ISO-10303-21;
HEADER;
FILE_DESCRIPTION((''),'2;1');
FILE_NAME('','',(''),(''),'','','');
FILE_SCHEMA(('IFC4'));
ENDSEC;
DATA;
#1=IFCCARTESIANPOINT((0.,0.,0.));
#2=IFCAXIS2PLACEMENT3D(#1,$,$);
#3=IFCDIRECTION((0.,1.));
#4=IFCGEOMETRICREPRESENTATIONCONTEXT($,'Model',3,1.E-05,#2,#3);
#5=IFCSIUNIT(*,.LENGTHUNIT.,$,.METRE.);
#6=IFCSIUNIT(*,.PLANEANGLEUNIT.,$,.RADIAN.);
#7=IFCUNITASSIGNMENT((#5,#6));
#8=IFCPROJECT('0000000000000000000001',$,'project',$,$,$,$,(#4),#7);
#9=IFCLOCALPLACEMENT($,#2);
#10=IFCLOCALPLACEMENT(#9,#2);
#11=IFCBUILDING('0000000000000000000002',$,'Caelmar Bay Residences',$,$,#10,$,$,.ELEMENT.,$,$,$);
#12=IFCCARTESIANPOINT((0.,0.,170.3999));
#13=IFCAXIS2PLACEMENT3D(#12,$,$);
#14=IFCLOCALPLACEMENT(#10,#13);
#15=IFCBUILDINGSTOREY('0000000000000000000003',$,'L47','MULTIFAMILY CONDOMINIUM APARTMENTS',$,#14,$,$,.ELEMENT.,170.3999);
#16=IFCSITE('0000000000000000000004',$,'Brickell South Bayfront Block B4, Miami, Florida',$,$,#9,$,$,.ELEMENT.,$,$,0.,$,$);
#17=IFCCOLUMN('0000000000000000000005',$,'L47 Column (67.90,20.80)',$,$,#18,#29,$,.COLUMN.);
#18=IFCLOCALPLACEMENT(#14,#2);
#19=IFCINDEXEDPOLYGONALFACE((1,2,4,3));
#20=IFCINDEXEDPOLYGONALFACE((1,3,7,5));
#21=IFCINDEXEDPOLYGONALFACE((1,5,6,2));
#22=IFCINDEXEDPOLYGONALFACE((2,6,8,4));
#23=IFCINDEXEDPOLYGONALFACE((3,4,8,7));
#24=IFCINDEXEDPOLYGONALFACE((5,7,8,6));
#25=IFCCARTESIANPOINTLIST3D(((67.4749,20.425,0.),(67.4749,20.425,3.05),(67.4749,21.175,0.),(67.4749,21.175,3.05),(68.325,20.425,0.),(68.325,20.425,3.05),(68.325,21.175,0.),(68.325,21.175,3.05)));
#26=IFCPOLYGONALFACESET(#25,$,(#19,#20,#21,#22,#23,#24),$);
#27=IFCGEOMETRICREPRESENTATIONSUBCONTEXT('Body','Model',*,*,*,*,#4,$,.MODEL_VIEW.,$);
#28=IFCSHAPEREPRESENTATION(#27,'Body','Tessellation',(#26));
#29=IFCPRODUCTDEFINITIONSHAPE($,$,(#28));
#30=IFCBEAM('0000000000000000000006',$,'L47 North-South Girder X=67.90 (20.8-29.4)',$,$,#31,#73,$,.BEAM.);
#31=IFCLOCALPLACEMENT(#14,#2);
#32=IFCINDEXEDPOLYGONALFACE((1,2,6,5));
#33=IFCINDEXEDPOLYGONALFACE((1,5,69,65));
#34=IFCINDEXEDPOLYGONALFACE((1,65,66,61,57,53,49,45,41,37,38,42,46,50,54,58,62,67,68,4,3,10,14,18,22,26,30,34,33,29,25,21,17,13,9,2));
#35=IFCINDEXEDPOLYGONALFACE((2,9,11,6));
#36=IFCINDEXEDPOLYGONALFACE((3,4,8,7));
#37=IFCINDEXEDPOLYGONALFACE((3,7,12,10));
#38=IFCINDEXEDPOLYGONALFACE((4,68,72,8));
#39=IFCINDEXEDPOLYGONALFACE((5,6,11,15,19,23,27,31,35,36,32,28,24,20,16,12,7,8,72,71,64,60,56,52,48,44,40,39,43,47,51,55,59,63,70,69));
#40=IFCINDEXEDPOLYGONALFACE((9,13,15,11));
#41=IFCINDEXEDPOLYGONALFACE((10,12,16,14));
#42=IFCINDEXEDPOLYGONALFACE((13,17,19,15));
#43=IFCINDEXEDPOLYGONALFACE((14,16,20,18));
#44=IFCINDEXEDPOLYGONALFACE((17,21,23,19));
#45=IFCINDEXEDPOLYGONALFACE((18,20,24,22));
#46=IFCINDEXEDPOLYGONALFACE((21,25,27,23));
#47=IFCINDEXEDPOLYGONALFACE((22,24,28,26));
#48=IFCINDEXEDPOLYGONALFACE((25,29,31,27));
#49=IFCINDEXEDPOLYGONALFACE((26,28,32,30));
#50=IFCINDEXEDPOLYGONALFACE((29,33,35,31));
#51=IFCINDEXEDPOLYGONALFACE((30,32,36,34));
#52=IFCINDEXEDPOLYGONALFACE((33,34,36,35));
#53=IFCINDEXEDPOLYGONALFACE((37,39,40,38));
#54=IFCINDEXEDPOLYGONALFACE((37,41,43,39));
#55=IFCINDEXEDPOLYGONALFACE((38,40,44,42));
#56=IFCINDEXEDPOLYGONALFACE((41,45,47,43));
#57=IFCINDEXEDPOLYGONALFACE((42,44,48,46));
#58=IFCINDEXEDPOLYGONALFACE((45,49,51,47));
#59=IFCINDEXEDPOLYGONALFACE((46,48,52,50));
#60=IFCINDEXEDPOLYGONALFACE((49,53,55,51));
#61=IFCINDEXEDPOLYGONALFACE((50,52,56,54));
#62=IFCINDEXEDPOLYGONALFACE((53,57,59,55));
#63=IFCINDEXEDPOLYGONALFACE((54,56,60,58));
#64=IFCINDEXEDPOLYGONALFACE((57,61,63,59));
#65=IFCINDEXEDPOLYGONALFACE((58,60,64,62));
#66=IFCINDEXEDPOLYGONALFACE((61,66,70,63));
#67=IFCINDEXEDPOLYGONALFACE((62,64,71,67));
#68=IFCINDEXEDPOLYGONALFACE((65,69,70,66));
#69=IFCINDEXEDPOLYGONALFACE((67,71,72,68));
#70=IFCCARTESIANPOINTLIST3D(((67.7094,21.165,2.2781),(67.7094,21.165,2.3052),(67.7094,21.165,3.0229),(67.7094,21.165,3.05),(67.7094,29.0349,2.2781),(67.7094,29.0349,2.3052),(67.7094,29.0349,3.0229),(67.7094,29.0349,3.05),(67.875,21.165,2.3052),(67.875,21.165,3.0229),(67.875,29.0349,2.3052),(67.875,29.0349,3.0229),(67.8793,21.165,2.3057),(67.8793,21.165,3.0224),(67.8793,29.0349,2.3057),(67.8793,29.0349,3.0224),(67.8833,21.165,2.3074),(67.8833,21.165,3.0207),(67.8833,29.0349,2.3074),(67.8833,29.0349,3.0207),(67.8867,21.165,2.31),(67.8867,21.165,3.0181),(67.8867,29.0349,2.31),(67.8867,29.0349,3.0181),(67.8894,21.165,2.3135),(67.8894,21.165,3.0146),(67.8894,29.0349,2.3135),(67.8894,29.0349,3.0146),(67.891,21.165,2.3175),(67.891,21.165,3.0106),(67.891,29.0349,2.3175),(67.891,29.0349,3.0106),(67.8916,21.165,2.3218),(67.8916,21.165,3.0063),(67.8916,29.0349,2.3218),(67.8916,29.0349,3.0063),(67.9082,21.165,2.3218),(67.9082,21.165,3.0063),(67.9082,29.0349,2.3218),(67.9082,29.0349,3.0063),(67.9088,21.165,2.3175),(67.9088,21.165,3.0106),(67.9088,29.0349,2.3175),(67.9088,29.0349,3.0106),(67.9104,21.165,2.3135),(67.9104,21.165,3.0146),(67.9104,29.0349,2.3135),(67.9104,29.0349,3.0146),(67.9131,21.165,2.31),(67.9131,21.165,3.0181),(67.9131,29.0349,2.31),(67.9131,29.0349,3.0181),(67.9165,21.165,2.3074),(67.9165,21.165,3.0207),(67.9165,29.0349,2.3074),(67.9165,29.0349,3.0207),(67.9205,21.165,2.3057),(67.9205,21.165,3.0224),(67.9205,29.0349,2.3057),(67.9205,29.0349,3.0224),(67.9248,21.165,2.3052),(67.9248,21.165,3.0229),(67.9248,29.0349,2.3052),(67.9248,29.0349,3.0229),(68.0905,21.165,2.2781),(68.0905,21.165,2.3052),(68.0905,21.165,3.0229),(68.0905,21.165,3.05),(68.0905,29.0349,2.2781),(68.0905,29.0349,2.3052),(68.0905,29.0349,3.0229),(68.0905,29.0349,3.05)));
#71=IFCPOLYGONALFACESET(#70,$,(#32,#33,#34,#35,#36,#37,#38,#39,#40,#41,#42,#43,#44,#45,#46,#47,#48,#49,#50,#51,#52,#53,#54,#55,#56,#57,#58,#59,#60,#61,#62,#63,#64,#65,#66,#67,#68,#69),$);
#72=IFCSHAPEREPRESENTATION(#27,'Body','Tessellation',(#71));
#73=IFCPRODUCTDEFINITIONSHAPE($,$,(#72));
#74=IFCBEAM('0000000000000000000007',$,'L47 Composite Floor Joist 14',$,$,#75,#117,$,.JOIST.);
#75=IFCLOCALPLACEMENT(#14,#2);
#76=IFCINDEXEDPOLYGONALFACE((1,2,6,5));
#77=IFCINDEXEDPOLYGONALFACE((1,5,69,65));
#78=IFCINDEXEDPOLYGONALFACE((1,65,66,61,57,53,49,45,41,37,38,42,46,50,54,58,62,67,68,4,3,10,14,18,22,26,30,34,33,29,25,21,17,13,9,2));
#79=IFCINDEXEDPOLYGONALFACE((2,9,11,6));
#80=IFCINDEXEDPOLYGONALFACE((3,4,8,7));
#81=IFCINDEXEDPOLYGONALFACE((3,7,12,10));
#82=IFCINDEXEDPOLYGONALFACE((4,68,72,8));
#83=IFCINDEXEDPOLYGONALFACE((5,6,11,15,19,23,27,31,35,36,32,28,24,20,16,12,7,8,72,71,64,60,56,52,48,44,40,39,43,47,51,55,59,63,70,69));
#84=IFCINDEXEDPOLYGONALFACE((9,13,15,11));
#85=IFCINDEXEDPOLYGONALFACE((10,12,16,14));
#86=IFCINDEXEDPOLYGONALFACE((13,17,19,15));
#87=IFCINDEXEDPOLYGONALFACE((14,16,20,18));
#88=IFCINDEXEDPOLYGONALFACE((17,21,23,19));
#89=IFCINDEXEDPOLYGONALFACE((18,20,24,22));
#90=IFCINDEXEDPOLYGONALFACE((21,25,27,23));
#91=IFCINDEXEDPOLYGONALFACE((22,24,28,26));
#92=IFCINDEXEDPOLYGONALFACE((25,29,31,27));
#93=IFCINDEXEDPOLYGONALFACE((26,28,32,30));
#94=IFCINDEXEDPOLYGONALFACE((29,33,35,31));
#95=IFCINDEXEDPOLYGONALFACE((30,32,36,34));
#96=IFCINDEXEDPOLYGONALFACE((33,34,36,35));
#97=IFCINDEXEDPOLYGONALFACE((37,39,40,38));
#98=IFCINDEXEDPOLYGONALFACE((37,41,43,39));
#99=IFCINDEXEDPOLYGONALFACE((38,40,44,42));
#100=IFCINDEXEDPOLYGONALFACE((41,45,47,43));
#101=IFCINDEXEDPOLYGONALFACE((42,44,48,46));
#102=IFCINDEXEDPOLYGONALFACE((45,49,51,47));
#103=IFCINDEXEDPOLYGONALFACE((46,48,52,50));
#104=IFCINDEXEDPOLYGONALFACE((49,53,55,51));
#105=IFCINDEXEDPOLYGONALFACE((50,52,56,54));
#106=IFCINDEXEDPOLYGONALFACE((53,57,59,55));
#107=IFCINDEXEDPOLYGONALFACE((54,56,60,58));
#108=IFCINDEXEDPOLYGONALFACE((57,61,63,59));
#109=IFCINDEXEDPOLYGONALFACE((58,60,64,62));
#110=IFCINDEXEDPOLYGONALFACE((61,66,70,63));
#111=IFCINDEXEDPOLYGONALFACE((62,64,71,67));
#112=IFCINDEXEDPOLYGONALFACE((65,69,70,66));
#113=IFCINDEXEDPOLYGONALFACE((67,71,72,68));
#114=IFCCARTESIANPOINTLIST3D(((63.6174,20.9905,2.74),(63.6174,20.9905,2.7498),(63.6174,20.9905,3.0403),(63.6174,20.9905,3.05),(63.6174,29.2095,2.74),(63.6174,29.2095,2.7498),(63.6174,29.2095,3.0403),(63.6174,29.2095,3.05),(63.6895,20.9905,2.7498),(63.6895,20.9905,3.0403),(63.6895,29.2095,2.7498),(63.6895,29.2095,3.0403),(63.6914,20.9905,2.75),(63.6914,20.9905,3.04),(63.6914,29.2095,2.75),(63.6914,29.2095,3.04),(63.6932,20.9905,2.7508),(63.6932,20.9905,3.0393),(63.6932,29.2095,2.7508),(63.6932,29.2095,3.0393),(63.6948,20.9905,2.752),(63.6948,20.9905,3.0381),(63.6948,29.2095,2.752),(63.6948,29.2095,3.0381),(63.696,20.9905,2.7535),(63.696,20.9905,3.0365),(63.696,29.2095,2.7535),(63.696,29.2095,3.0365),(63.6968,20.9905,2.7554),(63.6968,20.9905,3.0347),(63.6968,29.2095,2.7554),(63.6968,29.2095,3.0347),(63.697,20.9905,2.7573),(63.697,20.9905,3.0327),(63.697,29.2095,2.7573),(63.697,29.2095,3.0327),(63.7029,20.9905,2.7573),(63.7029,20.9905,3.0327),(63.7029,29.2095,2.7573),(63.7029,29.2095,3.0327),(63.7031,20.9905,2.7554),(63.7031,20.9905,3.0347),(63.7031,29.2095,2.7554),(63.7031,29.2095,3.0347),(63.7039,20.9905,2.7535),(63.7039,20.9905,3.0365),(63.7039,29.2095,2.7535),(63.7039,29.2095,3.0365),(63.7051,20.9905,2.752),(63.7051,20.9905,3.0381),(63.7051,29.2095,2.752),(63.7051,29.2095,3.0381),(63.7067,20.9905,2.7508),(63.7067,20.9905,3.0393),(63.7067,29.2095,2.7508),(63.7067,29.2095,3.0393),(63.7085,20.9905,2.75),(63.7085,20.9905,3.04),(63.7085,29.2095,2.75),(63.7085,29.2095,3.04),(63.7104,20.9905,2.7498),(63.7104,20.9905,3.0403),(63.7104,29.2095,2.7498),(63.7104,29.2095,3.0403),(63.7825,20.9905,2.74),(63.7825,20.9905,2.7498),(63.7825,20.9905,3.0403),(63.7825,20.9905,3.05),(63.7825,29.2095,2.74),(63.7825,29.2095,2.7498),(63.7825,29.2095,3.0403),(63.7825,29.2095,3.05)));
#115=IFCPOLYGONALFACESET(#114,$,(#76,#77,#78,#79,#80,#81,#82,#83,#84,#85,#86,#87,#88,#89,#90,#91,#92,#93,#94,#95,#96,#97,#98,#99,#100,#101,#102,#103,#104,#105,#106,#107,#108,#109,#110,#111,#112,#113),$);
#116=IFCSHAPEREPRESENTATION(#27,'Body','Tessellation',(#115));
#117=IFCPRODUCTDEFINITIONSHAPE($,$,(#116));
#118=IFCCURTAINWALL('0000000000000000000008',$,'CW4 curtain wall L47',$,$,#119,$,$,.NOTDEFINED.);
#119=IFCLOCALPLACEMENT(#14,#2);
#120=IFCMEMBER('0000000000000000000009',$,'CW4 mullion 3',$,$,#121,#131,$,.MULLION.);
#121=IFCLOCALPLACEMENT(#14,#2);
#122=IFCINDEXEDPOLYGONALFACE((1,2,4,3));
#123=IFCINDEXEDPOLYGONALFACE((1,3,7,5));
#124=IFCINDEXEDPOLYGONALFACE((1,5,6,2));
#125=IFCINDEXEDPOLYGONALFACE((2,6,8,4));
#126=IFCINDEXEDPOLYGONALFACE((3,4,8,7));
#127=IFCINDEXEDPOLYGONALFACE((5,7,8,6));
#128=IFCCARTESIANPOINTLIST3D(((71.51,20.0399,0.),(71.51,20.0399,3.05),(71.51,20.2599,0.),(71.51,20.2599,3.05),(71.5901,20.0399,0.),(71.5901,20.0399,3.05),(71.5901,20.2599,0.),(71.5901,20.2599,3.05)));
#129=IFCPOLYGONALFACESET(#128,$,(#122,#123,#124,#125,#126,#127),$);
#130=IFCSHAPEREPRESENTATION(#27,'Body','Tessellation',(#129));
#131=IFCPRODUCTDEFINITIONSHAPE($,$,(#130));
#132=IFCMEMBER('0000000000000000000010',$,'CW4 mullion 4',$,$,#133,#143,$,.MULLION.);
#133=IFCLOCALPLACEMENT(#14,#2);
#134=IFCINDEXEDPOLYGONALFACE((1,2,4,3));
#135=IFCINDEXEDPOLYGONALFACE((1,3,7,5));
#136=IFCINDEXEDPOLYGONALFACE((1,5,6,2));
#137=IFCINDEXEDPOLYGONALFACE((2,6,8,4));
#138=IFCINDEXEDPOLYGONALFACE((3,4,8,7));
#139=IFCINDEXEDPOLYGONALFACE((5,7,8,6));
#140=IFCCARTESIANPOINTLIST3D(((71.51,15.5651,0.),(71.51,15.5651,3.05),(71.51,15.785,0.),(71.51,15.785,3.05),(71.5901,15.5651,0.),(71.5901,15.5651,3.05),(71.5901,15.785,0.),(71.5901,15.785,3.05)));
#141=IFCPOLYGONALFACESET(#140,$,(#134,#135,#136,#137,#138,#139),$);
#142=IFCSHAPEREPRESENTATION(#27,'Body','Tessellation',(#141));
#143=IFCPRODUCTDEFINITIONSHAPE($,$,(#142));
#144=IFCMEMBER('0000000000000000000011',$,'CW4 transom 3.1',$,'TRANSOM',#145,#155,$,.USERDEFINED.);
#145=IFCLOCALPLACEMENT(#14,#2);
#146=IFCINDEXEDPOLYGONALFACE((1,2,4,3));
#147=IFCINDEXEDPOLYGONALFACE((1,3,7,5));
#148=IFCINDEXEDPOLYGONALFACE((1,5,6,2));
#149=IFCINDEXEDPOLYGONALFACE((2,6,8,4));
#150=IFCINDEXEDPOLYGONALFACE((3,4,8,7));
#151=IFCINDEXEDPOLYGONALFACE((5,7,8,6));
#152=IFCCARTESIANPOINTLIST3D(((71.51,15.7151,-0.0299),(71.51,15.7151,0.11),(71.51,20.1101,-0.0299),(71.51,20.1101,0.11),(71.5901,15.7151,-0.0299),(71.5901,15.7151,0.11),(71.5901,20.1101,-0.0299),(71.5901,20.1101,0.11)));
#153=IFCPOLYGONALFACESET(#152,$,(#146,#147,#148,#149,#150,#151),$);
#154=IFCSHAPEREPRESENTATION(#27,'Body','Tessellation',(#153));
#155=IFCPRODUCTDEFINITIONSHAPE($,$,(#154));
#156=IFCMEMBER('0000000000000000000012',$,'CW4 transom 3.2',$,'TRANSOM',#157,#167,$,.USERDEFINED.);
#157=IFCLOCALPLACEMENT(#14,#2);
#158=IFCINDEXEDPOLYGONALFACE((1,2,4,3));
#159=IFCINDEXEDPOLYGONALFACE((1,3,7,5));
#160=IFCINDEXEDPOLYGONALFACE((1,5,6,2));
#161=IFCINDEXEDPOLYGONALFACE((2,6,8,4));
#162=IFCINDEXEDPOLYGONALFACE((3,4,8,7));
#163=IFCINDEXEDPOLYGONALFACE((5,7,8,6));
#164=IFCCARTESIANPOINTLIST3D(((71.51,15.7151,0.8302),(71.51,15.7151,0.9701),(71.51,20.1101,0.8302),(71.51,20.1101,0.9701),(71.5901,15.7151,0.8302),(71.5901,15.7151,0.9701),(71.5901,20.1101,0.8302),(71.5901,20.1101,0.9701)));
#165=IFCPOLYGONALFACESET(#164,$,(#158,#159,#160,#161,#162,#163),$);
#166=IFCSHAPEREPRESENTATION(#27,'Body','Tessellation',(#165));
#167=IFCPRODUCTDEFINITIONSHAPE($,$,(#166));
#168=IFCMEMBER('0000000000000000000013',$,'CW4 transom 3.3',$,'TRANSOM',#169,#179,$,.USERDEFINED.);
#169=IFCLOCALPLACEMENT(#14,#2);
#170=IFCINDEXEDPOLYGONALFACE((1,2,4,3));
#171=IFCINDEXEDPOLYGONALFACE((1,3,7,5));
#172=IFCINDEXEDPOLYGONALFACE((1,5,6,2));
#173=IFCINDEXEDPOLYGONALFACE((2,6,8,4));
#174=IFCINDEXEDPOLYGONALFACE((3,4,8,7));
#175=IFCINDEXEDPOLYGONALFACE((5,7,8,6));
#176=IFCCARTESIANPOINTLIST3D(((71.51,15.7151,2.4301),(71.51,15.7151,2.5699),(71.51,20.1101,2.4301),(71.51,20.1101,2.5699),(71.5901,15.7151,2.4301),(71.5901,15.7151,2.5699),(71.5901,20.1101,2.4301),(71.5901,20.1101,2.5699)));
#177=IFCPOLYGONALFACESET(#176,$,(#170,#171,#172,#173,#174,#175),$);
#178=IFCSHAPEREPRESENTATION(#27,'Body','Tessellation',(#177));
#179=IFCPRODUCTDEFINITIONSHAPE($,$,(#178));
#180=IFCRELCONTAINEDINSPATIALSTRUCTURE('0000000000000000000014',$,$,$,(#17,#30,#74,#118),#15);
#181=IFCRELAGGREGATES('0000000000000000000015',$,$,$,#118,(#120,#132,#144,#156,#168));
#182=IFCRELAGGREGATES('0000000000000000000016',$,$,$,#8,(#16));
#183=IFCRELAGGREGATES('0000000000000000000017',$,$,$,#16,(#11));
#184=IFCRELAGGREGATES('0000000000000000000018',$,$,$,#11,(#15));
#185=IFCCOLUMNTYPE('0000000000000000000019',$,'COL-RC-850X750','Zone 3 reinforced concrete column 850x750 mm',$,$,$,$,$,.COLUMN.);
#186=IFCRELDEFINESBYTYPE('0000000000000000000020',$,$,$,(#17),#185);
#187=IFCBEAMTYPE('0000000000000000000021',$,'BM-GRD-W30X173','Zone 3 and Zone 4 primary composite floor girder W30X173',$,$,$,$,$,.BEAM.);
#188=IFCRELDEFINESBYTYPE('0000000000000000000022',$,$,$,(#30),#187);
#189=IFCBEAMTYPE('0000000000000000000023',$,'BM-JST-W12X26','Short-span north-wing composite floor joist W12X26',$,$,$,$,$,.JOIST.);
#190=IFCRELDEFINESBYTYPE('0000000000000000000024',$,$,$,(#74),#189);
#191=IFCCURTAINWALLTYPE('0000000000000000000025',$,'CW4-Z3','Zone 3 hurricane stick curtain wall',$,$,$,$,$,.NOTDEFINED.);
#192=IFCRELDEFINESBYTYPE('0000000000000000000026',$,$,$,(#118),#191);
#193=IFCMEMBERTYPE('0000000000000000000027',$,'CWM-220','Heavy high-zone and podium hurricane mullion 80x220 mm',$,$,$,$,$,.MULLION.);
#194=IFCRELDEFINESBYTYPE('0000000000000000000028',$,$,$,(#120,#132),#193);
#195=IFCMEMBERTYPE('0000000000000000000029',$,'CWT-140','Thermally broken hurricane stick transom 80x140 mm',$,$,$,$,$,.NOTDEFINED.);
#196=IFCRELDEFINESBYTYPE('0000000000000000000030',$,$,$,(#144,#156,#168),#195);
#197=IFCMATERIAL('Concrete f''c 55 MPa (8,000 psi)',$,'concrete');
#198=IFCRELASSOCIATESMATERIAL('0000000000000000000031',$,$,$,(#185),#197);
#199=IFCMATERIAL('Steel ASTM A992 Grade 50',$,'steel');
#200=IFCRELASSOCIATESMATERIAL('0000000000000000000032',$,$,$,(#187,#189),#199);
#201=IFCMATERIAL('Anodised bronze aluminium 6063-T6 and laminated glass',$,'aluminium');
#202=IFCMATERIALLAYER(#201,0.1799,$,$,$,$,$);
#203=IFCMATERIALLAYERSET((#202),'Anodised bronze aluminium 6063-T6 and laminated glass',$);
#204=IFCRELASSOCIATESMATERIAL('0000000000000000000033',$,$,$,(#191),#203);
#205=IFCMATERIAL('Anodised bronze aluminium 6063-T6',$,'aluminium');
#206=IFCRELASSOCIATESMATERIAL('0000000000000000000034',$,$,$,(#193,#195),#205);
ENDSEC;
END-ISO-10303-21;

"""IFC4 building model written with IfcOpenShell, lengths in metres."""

from ifc_helpers import new_model, si_unit, direction, frame, origin, origin_2d, place, context, subcontext, project, spatial, rectangle, i_section, extrude, material, layer, layer_set, material_profile, profile_set, type_object, element, aggregate, save


model = new_model("IFC4")

# Units and contexts
model_context = context("Model", 3, precision=1e-05, world=origin(), true_north=direction((0.0, 1.0)))
body_context = subcontext(model_context, "Body", "Model", "MODEL_VIEW")
ifc_project = project(units=[si_unit("LENGTHUNIT", "METRE"), si_unit("PLANEANGLEUNIT", "RADIAN")], contexts=[model_context])

# Site, building, storey
site_placement = place(None, origin())
site = spatial("IfcSite", under=ifc_project, at=site_placement, Name="Brickell South Bayfront Block B4, Miami, Florida", CompositionType="ELEMENT", RefElevation=0.0)
building_placement = place(site_placement, origin())
building = spatial("IfcBuilding", under=site, at=building_placement, Name="Caelmar Bay Residences", CompositionType="ELEMENT")
storey_placement = place(building_placement, frame((0.0, 0.0, 170.3999)))
storey = spatial("IfcBuildingStorey", under=building, at=storey_placement, Name="L47", Description="MULTIFAMILY CONDOMINIUM APARTMENTS", CompositionType="ELEMENT", Elevation=170.3999)

# Column
ifc_material_1 = material(Name="Concrete f'c 55 MPa (8,000 psi)", Category="concrete")
ifc_material_profile_1 = material_profile(ifc_material_1, rectangle(XDim=0.8501, YDim=0.75, at=origin_2d()), Name="RC-COL-850X750")
ifc_profile_set_1 = profile_set([ifc_material_profile_1], Name="Concrete f'c 55 MPa (8,000 psi)")
column_type = type_object("IfcColumnType", Name="COL-RC-850X750", Description="Zone 3 reinforced concrete column 850x750 mm", PredefinedType="COLUMN", material=ifc_profile_set_1)
column_placement = place(storey_placement, frame((67.8999, 20.8, 0.0), z_axis=(0.0, 0.0, 1.0), x_axis=(1.0, 0.0, 0.0)))
element("IfcColumn", 1, at=column_placement, inside=storey, type_object=column_type, Name="L47 Column (67.90,20.80)", PredefinedType="COLUMN", context=body_context, shape_type="SweptSolid", body=[
    extrude(rectangle(XDim=0.8501, YDim=0.75, at=origin_2d()), origin(), (0.0, 0.0, 1.0), 3.05),
])

# Beams
ifc_material_2 = material(Name="Steel ASTM A992 Grade 50", Category="steel")
ifc_material_profile_2 = material_profile(ifc_material_2, i_section(OverallWidth=0.3811, OverallDepth=0.772, WebThickness=0.0166, FlangeThickness=0.0271, FilletRadius=0.0166, at=origin_2d()), Name="W30X173")
ifc_profile_set_2 = profile_set([ifc_material_profile_2], Name="Steel ASTM A992 Grade 50")
beam_type_1 = type_object("IfcBeamType", Name="BM-GRD-W30X173", Description="Zone 3 and Zone 4 primary composite floor girder W30X173", PredefinedType="BEAM", material=ifc_profile_set_2)
beam_1_placement = place(storey_placement, frame((67.8999, 21.165, 2.6641), z_axis=(0.0, 1.0, 0.0), x_axis=(-1.0, 0.0, 0.0)))
element("IfcBeam", 2, at=beam_1_placement, inside=storey, type_object=beam_type_1, Name="L47 North-South Girder X=67.90 (20.8-29.4)", PredefinedType="BEAM", context=body_context, shape_type="SweptSolid", body=[
    extrude(i_section(OverallWidth=0.3811, OverallDepth=0.772, WebThickness=0.0166, FlangeThickness=0.0271, FilletRadius=0.0166, at=origin_2d()), origin(), (0.0, 0.0, 1.0), 7.8699),
])
ifc_material_profile_3 = material_profile(ifc_material_2, i_section(OverallWidth=0.165, OverallDepth=0.3101, WebThickness=0.0059, FlangeThickness=0.0098, FilletRadius=0.0076, at=origin_2d()), Name="W12X26")
ifc_profile_set_3 = profile_set([ifc_material_profile_3], Name="Steel ASTM A992 Grade 50")
beam_type_2 = type_object("IfcBeamType", Name="BM-JST-W12X26", Description="Short-span north-wing composite floor joist W12X26", PredefinedType="JOIST", material=ifc_profile_set_3)
beam_2_placement = place(storey_placement, frame((63.7, 20.9905, 2.895), z_axis=(0.0, 1.0, 0.0), x_axis=(-1.0, 0.0, 0.0)))
element("IfcBeam", 3, at=beam_2_placement, inside=storey, type_object=beam_type_2, Name="L47 Composite Floor Joist 14", PredefinedType="JOIST", context=body_context, shape_type="SweptSolid", body=[
    extrude(i_section(OverallWidth=0.165, OverallDepth=0.3101, WebThickness=0.0059, FlangeThickness=0.0098, FilletRadius=0.0076, at=origin_2d()), origin(), (0.0, 0.0, 1.0), 8.219),
])

# Curtain wall, members
ifc_material_3 = material(Name="Anodised bronze aluminium 6063-T6 and laminated glass", Category="aluminium")
ifc_layer_1 = layer(ifc_material_3, 0.1799)
ifc_layer_set_1 = layer_set([ifc_layer_1], Name="Anodised bronze aluminium 6063-T6 and laminated glass")
curtain_wall_type = type_object("IfcCurtainWallType", Name="CW4-Z3", Description="Zone 3 hurricane stick curtain wall", PredefinedType="NOTDEFINED", material=ifc_layer_set_1)
curtain_wall_placement = place(storey_placement, origin())
curtain_wall = element("IfcCurtainWall", 4, at=curtain_wall_placement, inside=storey, type_object=curtain_wall_type, Name="CW4 curtain wall L47", PredefinedType="NOTDEFINED")
ifc_material_4 = material(Name="Anodised bronze aluminium 6063-T6", Category="aluminium")
ifc_material_profile_4 = material_profile(ifc_material_4, rectangle(XDim=0.0801, YDim=0.22, at=origin_2d()), Name="CWM-80X220")
ifc_profile_set_4 = profile_set([ifc_material_profile_4], Name="Anodised bronze aluminium 6063-T6")
member_type_1 = type_object("IfcMemberType", Name="CWM-220", Description="Heavy high-zone and podium hurricane mullion 80x220 mm", PredefinedType="MULLION", material=ifc_profile_set_4)
member_1_placement = place(storey_placement, frame((71.55, 20.1499, 0.0), z_axis=(0.0, 0.0, 1.0), x_axis=(1.0, 0.0, 0.0)))
member_1 = element("IfcMember", 5, at=member_1_placement, type_object=member_type_1, Name="CW4 mullion 3", PredefinedType="MULLION", context=body_context, shape_type="SweptSolid", body=[
    extrude(rectangle(XDim=0.0801, YDim=0.22, at=origin_2d()), origin(), (0.0, 0.0, 1.0), 3.05),
])
member_2_placement = place(storey_placement, frame((71.55, 15.675, 0.0), z_axis=(0.0, 0.0, 1.0), x_axis=(1.0, 0.0, 0.0)))
member_2 = element("IfcMember", 6, at=member_2_placement, type_object=member_type_1, Name="CW4 mullion 4", PredefinedType="MULLION", context=body_context, shape_type="SweptSolid", body=[
    extrude(rectangle(XDim=0.0801, YDim=0.22, at=origin_2d()), origin(), (0.0, 0.0, 1.0), 3.05),
])
ifc_material_profile_5 = material_profile(ifc_material_4, rectangle(XDim=0.0801, YDim=0.1399, at=origin_2d()), Name="CWT-80X140")
ifc_profile_set_5 = profile_set([ifc_material_profile_5], Name="Anodised bronze aluminium 6063-T6")
member_type_2 = type_object("IfcMemberType", Name="CWT-140", Description="Thermally broken hurricane stick transom 80x140 mm", PredefinedType="NOTDEFINED", material=ifc_profile_set_5)
member_3_placement = place(storey_placement, frame((71.55, 20.1101, 0.04), z_axis=(0.0, -1.0, 0.0), x_axis=(1.0, 0.0, 0.0)))
member_3 = element("IfcMember", 7, at=member_3_placement, type_object=member_type_2, Name="CW4 transom 3.1", ObjectType="TRANSOM", PredefinedType="USERDEFINED", context=body_context, shape_type="SweptSolid", body=[
    extrude(rectangle(XDim=0.0801, YDim=0.1399, at=origin_2d()), origin(), (0.0, 0.0, 1.0), 4.395),
])
member_4_placement = place(storey_placement, frame((71.55, 20.1101, 0.9001), z_axis=(0.0, -1.0, 0.0), x_axis=(1.0, 0.0, 0.0)))
member_4 = element("IfcMember", 8, at=member_4_placement, type_object=member_type_2, Name="CW4 transom 3.2", ObjectType="TRANSOM", PredefinedType="USERDEFINED", context=body_context, shape_type="SweptSolid", body=[
    extrude(rectangle(XDim=0.0801, YDim=0.1399, at=origin_2d()), origin(), (0.0, 0.0, 1.0), 4.395),
])
member_5_placement = place(storey_placement, frame((71.55, 20.1101, 2.5), z_axis=(0.0, -1.0, 0.0), x_axis=(1.0, 0.0, 0.0)))
member_5 = element("IfcMember", 9, at=member_5_placement, type_object=member_type_2, Name="CW4 transom 3.3", ObjectType="TRANSOM", PredefinedType="USERDEFINED", context=body_context, shape_type="SweptSolid", body=[
    extrude(rectangle(XDim=0.0801, YDim=0.1399, at=origin_2d()), origin(), (0.0, 0.0, 1.0), 4.395),
])
aggregate(curtain_wall, [member_1, member_2, member_3, member_4, member_5])

save(model, "model.ifc")
